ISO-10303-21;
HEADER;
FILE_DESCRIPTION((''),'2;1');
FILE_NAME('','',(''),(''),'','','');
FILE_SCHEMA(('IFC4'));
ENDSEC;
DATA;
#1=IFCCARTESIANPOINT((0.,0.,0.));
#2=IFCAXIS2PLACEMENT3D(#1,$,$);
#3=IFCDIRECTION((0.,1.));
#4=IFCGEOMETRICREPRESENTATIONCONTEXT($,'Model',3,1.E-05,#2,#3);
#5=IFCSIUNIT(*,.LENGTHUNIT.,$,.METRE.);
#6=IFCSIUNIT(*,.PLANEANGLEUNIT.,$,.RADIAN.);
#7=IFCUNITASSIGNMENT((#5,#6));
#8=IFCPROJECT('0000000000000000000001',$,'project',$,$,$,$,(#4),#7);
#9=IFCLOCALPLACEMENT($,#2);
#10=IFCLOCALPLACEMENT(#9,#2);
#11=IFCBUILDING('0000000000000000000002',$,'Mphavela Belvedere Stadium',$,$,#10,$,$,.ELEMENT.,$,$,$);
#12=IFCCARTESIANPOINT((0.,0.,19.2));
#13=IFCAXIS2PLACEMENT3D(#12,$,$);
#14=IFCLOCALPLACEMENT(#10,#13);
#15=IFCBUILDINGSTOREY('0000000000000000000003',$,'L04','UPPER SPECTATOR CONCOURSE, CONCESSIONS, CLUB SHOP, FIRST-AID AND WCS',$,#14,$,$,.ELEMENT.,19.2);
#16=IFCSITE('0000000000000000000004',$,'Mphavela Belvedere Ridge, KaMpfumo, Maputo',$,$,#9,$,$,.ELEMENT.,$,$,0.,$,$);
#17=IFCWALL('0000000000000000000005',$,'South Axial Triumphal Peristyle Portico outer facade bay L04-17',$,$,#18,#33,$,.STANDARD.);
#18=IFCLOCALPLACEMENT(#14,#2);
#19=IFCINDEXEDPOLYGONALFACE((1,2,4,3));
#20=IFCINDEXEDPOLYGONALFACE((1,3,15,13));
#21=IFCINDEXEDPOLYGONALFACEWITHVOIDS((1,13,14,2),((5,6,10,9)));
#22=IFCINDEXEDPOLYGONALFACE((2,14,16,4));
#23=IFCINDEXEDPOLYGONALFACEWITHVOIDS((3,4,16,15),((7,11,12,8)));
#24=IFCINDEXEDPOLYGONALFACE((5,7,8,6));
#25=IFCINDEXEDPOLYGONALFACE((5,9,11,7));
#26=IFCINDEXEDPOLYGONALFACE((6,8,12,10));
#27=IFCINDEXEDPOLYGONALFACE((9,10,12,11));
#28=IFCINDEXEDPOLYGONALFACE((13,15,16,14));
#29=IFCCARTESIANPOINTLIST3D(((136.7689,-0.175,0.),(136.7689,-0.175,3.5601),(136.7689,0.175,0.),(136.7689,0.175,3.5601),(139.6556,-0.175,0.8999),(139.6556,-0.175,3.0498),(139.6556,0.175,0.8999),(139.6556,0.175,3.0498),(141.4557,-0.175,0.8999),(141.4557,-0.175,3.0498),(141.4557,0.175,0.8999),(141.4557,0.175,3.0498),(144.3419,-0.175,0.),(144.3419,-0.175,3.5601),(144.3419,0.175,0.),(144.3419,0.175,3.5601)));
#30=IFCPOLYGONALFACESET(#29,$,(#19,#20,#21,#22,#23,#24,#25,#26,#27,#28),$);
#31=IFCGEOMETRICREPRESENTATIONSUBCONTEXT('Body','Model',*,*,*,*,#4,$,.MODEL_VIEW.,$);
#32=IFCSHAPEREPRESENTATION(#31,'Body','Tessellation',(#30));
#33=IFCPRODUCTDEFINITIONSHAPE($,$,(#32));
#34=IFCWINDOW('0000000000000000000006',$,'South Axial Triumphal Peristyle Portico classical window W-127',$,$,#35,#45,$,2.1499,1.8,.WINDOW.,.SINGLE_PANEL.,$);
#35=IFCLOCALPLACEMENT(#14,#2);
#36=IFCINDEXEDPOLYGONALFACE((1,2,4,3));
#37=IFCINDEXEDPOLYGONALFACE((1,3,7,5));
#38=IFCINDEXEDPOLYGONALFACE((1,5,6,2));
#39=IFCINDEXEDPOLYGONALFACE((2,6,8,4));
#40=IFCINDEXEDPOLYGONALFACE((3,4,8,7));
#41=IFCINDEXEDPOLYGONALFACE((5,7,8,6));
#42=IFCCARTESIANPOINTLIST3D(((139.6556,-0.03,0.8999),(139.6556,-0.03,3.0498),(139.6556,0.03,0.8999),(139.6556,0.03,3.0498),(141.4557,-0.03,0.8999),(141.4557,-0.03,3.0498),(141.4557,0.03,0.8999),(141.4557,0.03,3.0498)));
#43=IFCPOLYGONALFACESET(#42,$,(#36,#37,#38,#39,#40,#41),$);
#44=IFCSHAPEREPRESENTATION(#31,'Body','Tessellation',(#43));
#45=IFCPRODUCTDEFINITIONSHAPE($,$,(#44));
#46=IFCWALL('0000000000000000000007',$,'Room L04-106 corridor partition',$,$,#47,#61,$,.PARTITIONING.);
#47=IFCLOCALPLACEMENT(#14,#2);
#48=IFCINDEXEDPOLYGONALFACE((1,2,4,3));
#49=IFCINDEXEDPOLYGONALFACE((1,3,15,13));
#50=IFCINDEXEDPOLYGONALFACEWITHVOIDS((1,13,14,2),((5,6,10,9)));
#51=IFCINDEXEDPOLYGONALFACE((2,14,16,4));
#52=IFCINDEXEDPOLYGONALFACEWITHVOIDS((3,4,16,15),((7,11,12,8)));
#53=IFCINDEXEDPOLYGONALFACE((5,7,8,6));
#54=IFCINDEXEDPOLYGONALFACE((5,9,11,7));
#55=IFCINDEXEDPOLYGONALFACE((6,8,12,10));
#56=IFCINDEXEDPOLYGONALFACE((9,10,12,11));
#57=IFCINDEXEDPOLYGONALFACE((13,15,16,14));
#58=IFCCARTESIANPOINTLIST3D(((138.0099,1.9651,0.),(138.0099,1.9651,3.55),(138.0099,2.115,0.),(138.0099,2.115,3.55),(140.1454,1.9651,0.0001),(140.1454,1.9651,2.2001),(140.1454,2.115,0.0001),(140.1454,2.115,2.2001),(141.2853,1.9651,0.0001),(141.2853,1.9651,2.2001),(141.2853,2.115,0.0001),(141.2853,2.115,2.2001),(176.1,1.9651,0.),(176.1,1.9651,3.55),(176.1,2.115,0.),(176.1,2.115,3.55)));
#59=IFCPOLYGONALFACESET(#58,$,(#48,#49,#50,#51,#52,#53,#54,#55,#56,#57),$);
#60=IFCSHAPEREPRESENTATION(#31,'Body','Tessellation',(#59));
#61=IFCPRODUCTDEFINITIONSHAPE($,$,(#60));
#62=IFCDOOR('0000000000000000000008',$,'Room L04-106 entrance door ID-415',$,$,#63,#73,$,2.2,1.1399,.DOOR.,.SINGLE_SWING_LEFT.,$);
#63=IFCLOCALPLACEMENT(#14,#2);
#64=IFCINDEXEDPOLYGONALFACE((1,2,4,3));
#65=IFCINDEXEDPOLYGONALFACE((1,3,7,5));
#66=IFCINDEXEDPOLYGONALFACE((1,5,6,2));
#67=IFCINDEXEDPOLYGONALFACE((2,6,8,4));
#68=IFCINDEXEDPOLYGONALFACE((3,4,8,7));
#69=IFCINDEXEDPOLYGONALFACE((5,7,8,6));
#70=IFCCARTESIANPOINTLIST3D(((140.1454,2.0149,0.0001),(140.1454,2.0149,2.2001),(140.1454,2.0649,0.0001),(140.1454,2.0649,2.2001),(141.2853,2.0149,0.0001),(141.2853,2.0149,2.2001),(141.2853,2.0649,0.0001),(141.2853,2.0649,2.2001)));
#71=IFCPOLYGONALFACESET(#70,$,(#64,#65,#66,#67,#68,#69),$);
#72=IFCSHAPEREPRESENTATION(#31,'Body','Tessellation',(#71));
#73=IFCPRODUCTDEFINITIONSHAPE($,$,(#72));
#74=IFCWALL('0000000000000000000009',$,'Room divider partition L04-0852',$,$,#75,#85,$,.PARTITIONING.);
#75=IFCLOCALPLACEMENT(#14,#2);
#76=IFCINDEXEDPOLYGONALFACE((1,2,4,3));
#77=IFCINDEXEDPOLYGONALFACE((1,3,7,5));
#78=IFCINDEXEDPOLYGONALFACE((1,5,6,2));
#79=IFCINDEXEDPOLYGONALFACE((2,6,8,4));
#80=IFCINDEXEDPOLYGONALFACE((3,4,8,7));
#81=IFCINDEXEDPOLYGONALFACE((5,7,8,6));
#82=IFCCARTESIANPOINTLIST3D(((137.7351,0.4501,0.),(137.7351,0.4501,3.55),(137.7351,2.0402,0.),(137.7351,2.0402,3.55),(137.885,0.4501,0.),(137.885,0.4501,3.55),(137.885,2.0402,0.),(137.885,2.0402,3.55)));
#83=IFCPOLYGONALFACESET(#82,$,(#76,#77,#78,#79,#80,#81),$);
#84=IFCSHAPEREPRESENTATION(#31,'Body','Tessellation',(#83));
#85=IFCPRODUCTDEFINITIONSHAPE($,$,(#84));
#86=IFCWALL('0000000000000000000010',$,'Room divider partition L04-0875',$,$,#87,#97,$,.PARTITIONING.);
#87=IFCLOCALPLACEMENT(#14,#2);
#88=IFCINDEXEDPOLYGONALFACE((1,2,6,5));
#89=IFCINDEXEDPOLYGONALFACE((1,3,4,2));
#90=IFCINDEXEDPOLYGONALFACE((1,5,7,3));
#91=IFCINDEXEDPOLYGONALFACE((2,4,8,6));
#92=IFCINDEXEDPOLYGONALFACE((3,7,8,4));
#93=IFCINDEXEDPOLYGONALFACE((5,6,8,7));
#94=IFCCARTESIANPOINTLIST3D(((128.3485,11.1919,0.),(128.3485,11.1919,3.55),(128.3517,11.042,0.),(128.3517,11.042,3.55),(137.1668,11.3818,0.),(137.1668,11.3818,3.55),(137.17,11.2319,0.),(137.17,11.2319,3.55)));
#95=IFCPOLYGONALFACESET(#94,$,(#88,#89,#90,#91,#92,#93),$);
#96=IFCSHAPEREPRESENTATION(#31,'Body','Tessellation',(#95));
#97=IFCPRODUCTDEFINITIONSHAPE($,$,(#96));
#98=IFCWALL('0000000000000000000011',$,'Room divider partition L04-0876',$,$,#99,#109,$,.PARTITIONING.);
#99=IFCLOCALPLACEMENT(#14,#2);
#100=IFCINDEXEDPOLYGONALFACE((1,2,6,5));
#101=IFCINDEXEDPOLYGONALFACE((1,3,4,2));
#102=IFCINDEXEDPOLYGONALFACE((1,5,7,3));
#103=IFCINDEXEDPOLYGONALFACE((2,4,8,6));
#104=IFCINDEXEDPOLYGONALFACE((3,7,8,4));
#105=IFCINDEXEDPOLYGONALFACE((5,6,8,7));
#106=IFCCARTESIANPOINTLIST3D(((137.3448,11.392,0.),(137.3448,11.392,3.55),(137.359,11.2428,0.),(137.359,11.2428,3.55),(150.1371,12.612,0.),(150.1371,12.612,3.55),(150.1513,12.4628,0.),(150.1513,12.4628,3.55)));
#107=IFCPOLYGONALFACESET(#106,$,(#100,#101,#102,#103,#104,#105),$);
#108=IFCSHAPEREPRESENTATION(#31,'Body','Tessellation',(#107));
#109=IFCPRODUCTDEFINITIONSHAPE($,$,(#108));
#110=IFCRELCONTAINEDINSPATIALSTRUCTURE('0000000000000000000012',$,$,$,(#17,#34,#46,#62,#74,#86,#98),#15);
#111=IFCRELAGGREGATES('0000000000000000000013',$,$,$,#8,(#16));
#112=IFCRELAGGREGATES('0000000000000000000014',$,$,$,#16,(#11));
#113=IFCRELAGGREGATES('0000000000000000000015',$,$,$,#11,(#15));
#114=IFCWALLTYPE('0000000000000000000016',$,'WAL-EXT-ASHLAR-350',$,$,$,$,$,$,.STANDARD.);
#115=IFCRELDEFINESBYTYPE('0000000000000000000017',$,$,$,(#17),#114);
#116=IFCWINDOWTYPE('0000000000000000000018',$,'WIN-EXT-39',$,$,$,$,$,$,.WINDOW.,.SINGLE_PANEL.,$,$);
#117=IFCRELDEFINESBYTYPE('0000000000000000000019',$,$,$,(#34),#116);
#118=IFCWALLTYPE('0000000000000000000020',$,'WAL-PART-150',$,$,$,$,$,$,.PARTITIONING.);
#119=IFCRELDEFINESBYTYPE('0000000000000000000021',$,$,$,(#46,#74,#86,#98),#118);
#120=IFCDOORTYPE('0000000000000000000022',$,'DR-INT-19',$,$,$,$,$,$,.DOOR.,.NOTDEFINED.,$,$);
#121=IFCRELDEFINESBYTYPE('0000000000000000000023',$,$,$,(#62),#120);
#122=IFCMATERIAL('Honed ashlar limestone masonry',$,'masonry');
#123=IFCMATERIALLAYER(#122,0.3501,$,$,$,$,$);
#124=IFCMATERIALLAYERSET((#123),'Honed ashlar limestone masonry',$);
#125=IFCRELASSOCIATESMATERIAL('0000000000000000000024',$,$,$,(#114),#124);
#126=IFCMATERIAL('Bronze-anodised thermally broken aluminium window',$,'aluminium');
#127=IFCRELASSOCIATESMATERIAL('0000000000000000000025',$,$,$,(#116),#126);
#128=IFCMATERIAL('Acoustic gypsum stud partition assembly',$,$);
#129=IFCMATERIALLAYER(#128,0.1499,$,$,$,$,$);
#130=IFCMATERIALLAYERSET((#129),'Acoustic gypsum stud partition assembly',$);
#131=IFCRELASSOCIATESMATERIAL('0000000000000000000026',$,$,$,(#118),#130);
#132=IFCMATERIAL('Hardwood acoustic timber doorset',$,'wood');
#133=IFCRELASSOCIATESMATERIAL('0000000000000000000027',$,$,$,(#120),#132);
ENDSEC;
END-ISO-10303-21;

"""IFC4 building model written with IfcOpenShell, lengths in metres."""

from ifc_helpers import new_model, si_unit, direction, frame, frame_2d, origin, place, context, subcontext, project, spatial, rectangle, extrude, material, layer, layer_set, type_object, element, fill, save


model = new_model("IFC4")

# Units and contexts
model_context = context("Model", 3, precision=1e-05, world=origin(), true_north=direction((0.0, 1.0)))
body_context = subcontext(model_context, "Body", "Model", "MODEL_VIEW")
ifc_project = project(units=[si_unit("LENGTHUNIT", "METRE"), si_unit("PLANEANGLEUNIT", "RADIAN")], contexts=[model_context])

# Site, building, storey
site_placement = place(None, origin())
site = spatial("IfcSite", under=ifc_project, at=site_placement, Name="Mphavela Belvedere Ridge, KaMpfumo, Maputo", CompositionType="ELEMENT", RefElevation=0.0)
building_placement = place(site_placement, origin())
building = spatial("IfcBuilding", under=site, at=building_placement, Name="Mphavela Belvedere Stadium", CompositionType="ELEMENT")
storey_placement = place(building_placement, frame((0.0, 0.0, 19.2)))
storey = spatial("IfcBuildingStorey", under=building, at=storey_placement, Name="L04", Description="UPPER SPECTATOR CONCOURSE, CONCESSIONS, CLUB SHOP, FIRST-AID AND WCS", CompositionType="ELEMENT", Elevation=19.2)

# Wall, opening, window
ifc_material_1 = material(Name="Honed ashlar limestone masonry", Category="masonry")
ifc_layer_1 = layer(ifc_material_1, 0.3501)
ifc_layer_set_1 = layer_set([ifc_layer_1], Name="Honed ashlar limestone masonry")
wall_type_1 = type_object("IfcWallType", Name="WAL-EXT-ASHLAR-350", PredefinedType="STANDARD", material=ifc_layer_set_1)
wall_1_placement = place(storey_placement, frame((144.342, 0.0, 0.0), z_axis=(0.0, 0.0, 1.0), x_axis=(-1.0, 0.0, 0.0)))
wall_1 = element("IfcWall", 1, at=wall_1_placement, inside=storey, type_object=wall_type_1, Name="South Axial Triumphal Peristyle Portico outer facade bay L04-17", PredefinedType="STANDARD", context=body_context, shape_type="SweptSolid", body=[
    extrude(rectangle(XDim=7.573, YDim=0.3501, at=frame_2d((3.7866, 0.0))), origin(), (0.0, 0.0, 1.0), 3.5601),
])
opening_1_placement = place(wall_1_placement, frame((2.8865, 0.0, 0.8999)))
opening_1 = element("IfcOpeningElement", 2, at=opening_1_placement, cuts=wall_1, PredefinedType="OPENING", context=body_context, shape_type="SweptSolid", body=[
    extrude(rectangle(XDim=1.8, YDim=2.1499, at=frame_2d((0.8999, 1.075))), frame((0.0, 0.1851, 0.0), z_axis=(0.0, -1.0, 0.0), x_axis=(1.0, 0.0, 0.0)), (0.0, 0.0, 1.0), 0.3701),
])
ifc_material_2 = material(Name="Bronze-anodised thermally broken aluminium window", Category="aluminium")
window_type_1 = type_object("IfcWindowType", Name="WIN-EXT-39", PartitioningType="SINGLE_PANEL", PredefinedType="WINDOW", material=ifc_material_2)
window_1_placement = place(opening_1_placement, origin())
window_1 = element("IfcWindow", 3, at=window_1_placement, inside=storey, type_object=window_type_1, Name="South Axial Triumphal Peristyle Portico classical window W-127", OverallHeight=2.1499, OverallWidth=1.8, PartitioningType="SINGLE_PANEL", PredefinedType="WINDOW", context=body_context, shape_type="SweptSolid", body=[
    extrude(rectangle(XDim=1.8, YDim=2.1499, at=frame_2d((0.8999, 1.075))), frame((0.0, 0.03, 0.0), z_axis=(0.0, -1.0, 0.0), x_axis=(1.0, 0.0, 0.0)), (0.0, 0.0, 1.0), 0.0601),
])
fill(opening_1, window_1)

# Wall, opening, door
ifc_material_3 = material(Name="Acoustic gypsum stud partition assembly")
ifc_layer_2 = layer(ifc_material_3, 0.1499)
ifc_layer_set_2 = layer_set([ifc_layer_2], Name="Acoustic gypsum stud partition assembly")
wall_type_2 = type_object("IfcWallType", Name="WAL-PART-150", PredefinedType="PARTITIONING", material=ifc_layer_set_2)
wall_2_placement = place(storey_placement, frame((138.01, 2.04, 0.0), z_axis=(0.0, 0.0, 1.0), x_axis=(1.0, 0.0, 0.0)))
wall_2 = element("IfcWall", 4, at=wall_2_placement, inside=storey, type_object=wall_type_2, Name="Room L04-106 corridor partition", PredefinedType="PARTITIONING", context=body_context, shape_type="SweptSolid", body=[
    extrude(rectangle(XDim=38.0901, YDim=0.1499, at=frame_2d((19.0449, 0.0))), origin(), (0.0, 0.0, 1.0), 3.55),
])
opening_2_placement = place(wall_2_placement, frame((2.1355, 0.0, 0.0)))
opening_2 = element("IfcOpeningElement", 5, at=opening_2_placement, cuts=wall_2, PredefinedType="OPENING", context=body_context, shape_type="SweptSolid", body=[
    extrude(rectangle(XDim=1.1399, YDim=2.2, at=frame_2d((0.5698, 1.1001))), frame((0.0, 0.085, 0.0), z_axis=(0.0, -1.0, 0.0), x_axis=(1.0, 0.0, 0.0)), (0.0, 0.0, 1.0), 0.1699),
])
ifc_material_4 = material(Name="Hardwood acoustic timber doorset", Category="wood")
door_type = type_object("IfcDoorType", Name="DR-INT-19", OperationType="NOTDEFINED", PredefinedType="DOOR", material=ifc_material_4)
door_placement = place(opening_2_placement, origin())
door = element("IfcDoor", 6, at=door_placement, inside=storey, type_object=door_type, Name="Room L04-106 entrance door ID-415", OperationType="SINGLE_SWING_LEFT", OverallHeight=2.2, OverallWidth=1.1399, PredefinedType="DOOR", context=body_context, shape_type="SweptSolid", body=[
    extrude(rectangle(XDim=1.1399, YDim=2.2, at=frame_2d((0.5698, 1.1001))), frame((0.0, 0.0249, 0.0), z_axis=(0.0, -1.0, 0.0), x_axis=(1.0, 0.0, 0.0)), (0.0, 0.0, 1.0), 0.05),
])
fill(opening_2, door)

# Walls
wall_3_placement = place(storey_placement, frame((137.8101, 2.04, 0.0), z_axis=(0.0, 0.0, 1.0), x_axis=(0.0, -1.0, 0.0)))
element("IfcWall", 7, at=wall_3_placement, inside=storey, type_object=wall_type_2, Name="Room divider partition L04-0852", PredefinedType="PARTITIONING", context=body_context, shape_type="SweptSolid", body=[
    extrude(rectangle(XDim=1.5901, YDim=0.1499, at=frame_2d((0.7949, 0.0))), origin(), (0.0, 0.0, 1.0), 3.55),
])
wall_4_placement = place(storey_placement, frame((128.3501, 11.1169, 0.0), z_axis=(0.0, 0.0, 1.0), x_axis=(0.999768, 0.021534, 0.0)))
element("IfcWall", 8, at=wall_4_placement, inside=storey, type_object=wall_type_2, Name="Room divider partition L04-0875", PredefinedType="PARTITIONING", context=body_context, shape_type="SweptSolid", body=[
    extrude(rectangle(XDim=8.8203, YDim=0.1499, at=frame_2d((4.4102, 0.0))), origin(), (0.0, 0.0, 1.0), 3.55),
])
wall_5_placement = place(storey_placement, frame((137.3518, 11.3174, 0.0), z_axis=(0.0, 0.0, 1.0), x_axis=(0.995483, 0.094937, 0.0)))
element("IfcWall", 9, at=wall_5_placement, inside=storey, type_object=wall_type_2, Name="Room divider partition L04-0876", PredefinedType="PARTITIONING", context=body_context, shape_type="SweptSolid", body=[
    extrude(rectangle(XDim=12.8503, YDim=0.1499, at=frame_2d((6.4253, 0.0))), origin(), (0.0, 0.0, 1.0), 3.55),
])

save(model, "model.ifc")
